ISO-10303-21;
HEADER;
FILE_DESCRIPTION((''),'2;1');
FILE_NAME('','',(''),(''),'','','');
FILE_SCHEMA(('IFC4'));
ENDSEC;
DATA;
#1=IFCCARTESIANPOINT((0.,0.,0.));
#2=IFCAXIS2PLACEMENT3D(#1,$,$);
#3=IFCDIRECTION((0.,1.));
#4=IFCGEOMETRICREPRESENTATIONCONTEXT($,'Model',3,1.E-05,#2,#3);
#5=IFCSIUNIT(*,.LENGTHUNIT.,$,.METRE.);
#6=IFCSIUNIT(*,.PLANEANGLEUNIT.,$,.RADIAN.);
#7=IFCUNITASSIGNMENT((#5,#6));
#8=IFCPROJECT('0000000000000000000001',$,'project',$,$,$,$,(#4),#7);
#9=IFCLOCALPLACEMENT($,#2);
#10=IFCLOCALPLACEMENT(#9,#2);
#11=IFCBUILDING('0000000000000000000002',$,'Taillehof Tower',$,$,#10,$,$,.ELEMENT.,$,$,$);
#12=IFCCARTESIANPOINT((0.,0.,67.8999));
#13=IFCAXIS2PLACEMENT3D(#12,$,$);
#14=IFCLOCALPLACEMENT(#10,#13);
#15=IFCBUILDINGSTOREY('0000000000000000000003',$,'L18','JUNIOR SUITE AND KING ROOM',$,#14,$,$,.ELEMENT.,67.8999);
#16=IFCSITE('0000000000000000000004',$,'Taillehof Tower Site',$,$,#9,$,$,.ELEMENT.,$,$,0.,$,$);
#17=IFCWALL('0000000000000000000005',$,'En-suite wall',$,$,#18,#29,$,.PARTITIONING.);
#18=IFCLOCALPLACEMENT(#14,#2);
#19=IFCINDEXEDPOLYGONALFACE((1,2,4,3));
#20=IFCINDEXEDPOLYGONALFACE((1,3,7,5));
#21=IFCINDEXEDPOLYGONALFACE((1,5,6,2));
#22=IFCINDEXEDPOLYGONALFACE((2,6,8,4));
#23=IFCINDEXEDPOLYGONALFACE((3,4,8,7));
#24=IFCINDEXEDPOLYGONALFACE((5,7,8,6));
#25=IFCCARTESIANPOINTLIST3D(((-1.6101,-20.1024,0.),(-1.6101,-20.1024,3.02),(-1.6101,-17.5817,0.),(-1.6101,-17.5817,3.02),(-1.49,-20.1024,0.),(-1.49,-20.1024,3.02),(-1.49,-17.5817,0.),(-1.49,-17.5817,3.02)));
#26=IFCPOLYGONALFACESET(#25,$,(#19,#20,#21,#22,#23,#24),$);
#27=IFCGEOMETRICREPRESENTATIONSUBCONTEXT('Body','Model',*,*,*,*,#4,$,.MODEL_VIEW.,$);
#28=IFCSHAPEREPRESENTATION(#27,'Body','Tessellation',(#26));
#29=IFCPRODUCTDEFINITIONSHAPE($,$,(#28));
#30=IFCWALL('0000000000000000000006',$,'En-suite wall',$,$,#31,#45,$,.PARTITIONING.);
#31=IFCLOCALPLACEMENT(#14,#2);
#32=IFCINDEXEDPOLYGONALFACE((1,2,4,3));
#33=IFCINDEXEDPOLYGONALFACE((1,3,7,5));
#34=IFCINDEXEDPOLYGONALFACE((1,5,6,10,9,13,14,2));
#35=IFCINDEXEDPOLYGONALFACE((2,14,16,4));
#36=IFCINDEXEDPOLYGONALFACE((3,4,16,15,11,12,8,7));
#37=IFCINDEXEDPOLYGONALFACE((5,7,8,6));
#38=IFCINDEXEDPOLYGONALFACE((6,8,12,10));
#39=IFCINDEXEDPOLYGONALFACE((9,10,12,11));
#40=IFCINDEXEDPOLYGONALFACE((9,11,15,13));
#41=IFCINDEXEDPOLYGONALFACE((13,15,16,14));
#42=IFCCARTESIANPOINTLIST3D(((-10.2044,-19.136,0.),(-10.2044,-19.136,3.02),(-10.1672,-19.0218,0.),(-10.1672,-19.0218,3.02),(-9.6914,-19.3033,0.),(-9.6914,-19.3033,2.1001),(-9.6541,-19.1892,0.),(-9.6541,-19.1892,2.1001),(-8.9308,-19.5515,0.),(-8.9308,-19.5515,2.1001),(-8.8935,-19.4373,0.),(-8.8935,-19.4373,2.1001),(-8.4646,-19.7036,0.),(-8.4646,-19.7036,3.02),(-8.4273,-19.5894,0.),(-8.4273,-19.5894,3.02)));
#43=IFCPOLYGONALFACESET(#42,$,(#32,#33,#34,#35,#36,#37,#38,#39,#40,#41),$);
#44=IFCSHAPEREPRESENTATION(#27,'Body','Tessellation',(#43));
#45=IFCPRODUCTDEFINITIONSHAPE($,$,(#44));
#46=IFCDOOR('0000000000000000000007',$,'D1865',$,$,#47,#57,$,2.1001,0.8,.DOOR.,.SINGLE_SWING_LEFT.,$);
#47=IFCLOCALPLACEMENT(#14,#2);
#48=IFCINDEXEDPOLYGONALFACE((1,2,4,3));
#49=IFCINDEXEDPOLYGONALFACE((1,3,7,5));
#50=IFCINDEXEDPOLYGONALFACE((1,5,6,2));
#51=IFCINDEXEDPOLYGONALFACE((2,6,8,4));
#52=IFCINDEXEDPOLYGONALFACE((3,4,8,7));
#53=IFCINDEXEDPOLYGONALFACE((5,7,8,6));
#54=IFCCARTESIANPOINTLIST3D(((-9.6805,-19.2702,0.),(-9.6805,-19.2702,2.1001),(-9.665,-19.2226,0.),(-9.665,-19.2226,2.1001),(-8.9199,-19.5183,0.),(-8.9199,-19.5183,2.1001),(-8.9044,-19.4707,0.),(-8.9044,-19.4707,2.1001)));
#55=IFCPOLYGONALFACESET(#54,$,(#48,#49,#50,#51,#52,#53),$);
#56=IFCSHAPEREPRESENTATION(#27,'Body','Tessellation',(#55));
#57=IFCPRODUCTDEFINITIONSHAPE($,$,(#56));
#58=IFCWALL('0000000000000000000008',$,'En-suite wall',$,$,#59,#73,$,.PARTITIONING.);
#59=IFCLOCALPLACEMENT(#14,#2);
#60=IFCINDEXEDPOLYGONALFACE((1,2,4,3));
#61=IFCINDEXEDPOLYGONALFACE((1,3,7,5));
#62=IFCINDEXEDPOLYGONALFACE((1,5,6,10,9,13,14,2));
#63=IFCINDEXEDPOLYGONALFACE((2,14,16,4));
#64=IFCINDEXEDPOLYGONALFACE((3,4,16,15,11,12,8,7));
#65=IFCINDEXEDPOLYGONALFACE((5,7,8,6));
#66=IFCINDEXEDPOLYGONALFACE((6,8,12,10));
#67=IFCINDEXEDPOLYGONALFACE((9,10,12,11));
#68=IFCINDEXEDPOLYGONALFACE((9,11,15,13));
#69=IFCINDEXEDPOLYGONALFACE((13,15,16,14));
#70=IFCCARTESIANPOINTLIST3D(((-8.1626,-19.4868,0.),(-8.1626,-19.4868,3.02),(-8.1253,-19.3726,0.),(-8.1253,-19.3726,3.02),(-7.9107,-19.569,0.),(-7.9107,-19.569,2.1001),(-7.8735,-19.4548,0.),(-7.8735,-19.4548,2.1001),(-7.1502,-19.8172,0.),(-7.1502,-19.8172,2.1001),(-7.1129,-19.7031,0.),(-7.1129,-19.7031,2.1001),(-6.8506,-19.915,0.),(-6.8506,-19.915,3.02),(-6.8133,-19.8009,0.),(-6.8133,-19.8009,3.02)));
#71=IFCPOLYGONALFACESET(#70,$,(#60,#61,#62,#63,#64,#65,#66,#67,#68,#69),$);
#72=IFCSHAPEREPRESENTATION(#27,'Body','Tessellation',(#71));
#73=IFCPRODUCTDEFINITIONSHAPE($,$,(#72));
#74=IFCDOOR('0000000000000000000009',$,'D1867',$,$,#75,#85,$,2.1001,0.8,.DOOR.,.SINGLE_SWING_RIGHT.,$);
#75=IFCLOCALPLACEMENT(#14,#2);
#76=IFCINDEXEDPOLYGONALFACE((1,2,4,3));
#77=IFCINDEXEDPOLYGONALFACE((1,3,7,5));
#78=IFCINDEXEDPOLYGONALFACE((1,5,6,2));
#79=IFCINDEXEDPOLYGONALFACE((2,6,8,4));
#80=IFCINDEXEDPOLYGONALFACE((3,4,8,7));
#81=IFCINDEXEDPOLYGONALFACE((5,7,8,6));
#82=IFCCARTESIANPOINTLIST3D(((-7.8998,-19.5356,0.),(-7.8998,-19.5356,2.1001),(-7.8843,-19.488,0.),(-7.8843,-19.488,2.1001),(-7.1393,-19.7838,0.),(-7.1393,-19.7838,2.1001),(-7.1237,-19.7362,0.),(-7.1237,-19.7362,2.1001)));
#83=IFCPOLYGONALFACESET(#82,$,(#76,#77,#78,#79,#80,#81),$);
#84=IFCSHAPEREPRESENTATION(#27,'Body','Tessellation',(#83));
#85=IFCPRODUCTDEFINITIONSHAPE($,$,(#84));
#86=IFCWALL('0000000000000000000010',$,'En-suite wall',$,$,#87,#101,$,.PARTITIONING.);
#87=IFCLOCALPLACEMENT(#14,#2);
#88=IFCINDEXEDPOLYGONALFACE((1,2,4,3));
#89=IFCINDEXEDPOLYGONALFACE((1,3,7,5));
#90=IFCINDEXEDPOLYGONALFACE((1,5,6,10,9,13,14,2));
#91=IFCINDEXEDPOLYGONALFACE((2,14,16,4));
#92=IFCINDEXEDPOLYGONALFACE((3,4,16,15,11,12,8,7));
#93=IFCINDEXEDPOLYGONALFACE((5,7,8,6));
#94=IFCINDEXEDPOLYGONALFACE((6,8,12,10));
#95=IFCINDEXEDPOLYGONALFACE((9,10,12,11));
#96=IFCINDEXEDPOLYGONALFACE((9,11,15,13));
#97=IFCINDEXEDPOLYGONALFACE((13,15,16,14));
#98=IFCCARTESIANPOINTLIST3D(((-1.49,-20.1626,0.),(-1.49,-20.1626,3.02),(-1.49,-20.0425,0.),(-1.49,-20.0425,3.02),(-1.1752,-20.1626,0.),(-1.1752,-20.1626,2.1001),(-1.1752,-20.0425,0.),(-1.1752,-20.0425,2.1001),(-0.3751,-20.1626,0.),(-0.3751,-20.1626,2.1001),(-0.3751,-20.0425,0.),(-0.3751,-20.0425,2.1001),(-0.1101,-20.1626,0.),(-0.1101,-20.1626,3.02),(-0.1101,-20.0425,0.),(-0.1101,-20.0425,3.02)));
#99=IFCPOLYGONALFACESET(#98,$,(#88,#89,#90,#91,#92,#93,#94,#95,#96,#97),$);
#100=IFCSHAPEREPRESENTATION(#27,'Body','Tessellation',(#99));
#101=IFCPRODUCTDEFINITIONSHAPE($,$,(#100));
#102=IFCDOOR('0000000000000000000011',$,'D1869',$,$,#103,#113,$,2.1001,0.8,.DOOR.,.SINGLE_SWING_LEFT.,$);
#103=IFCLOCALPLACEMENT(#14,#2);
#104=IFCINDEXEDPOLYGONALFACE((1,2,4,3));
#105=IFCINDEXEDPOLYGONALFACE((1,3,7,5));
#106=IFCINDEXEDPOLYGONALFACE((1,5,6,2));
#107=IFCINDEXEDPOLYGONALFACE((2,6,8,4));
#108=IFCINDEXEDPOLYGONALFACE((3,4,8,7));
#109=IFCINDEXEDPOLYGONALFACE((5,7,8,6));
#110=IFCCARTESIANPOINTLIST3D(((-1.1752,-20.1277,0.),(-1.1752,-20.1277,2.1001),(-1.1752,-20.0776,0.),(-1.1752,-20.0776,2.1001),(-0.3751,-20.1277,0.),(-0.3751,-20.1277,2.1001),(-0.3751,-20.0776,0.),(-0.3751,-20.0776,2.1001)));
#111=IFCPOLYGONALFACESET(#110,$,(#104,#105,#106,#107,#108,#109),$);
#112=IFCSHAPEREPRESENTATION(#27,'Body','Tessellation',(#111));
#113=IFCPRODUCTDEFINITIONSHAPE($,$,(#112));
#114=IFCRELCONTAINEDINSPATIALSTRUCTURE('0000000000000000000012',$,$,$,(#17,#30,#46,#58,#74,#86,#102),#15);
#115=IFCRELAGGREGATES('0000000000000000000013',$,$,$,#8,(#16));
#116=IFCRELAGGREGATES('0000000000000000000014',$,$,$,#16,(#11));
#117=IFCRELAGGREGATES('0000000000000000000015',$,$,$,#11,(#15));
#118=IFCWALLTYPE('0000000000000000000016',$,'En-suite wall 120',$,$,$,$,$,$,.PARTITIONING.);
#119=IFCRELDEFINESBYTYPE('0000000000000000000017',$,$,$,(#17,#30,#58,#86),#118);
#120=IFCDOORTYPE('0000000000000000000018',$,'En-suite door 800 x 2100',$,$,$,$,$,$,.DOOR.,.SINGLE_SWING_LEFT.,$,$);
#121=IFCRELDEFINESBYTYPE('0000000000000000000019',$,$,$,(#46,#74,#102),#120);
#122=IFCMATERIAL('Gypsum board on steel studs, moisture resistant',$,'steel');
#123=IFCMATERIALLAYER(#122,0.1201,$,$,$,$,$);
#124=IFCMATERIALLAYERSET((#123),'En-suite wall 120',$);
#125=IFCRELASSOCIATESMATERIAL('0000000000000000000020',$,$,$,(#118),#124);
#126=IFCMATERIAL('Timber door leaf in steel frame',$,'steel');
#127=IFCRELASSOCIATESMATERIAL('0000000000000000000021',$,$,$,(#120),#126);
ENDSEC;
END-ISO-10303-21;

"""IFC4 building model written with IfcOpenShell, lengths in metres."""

from ifc_helpers import new_model, si_unit, direction, frame, frame_2d, origin, place, context, subcontext, project, spatial, rectangle, extrude, material, layer, layer_set, type_object, element, fill, save


model = new_model("IFC4")

# Units and contexts
model_context = context("Model", 3, precision=1e-05, world=origin(), true_north=direction((0.0, 1.0)))
body_context = subcontext(model_context, "Body", "Model", "MODEL_VIEW")
ifc_project = project(units=[si_unit("LENGTHUNIT", "METRE"), si_unit("PLANEANGLEUNIT", "RADIAN")], contexts=[model_context])

# Site, building, storey
site_placement = place(None, origin())
site = spatial("IfcSite", under=ifc_project, at=site_placement, Name="Taillehof Tower Site", CompositionType="ELEMENT", RefElevation=0.0)
building_placement = place(site_placement, origin())
building = spatial("IfcBuilding", under=site, at=building_placement, Name="Taillehof Tower", CompositionType="ELEMENT")
storey_placement = place(building_placement, frame((0.0, 0.0, 67.8999)))
storey = spatial("IfcBuildingStorey", under=building, at=storey_placement, Name="L18", Description="JUNIOR SUITE AND KING ROOM", CompositionType="ELEMENT", Elevation=67.8999)

# Wall
ifc_material_1 = material(Name="Gypsum board on steel studs, moisture resistant", Category="steel")
ifc_layer_1 = layer(ifc_material_1, 0.1201)
ifc_layer_set_1 = layer_set([ifc_layer_1], Name="En-suite wall 120")
wall_type_1 = type_object("IfcWallType", Name="En-suite wall 120", PredefinedType="PARTITIONING", material=ifc_layer_set_1)
wall_1_placement = place(storey_placement, frame((-1.55, -17.5818, 0.0), z_axis=(0.0, 0.0, 1.0), x_axis=(0.0, -1.0, 0.0)))
element("IfcWall", 1, at=wall_1_placement, inside=storey, type_object=wall_type_1, Name="En-suite wall", PredefinedType="PARTITIONING", context=body_context, shape_type="SweptSolid", body=[
    extrude(rectangle(XDim=2.5208, YDim=0.1201, at=frame_2d((1.2603, 0.0))), origin(), (0.0, 0.0, 1.0), 3.02),
])

# Walls, openings, doors
wall_2_placement = place(storey_placement, frame((-10.1858, -19.0789, 0.0), z_axis=(0.0, 0.0, 1.0), x_axis=(0.950679, -0.310178, 0.0)))
wall_2 = element("IfcWall", 2, at=wall_2_placement, inside=storey, type_object=wall_type_1, Name="En-suite wall", PredefinedType="PARTITIONING", context=body_context, shape_type="SweptSolid", body=[
    extrude(rectangle(XDim=1.8301, YDim=0.1201, at=frame_2d((0.915, 0.0))), origin(), (0.0, 0.0, 1.0), 3.02),
])
opening_1_placement = place(wall_2_placement, frame((0.5398, 0.0, 0.0)))
opening_1 = element("IfcOpeningElement", 3, at=opening_1_placement, cuts=wall_2, PredefinedType="OPENING", context=body_context, shape_type="SweptSolid", body=[
    extrude(rectangle(XDim=0.8, YDim=2.1001, at=frame_2d((0.3999, 1.05))), frame((0.0, 0.0701, 0.0), z_axis=(0.0, -1.0, 0.0), x_axis=(1.0, 0.0, 0.0)), (0.0, 0.0, 1.0), 0.1401),
])
ifc_material_2 = material(Name="Timber door leaf in steel frame", Category="steel")
door_type_1 = type_object("IfcDoorType", Name="En-suite door 800 x 2100", OperationType="SINGLE_SWING_LEFT", PredefinedType="DOOR", material=ifc_material_2)
door_1_placement = place(opening_1_placement, origin())
door_1 = element("IfcDoor", 4, at=door_1_placement, inside=storey, type_object=door_type_1, Name="D1865", OperationType="SINGLE_SWING_LEFT", OverallHeight=2.1001, OverallWidth=0.8, PredefinedType="DOOR", context=body_context, shape_type="SweptSolid", body=[
    extrude(rectangle(XDim=0.8, YDim=2.1001, at=frame_2d((0.3999, 1.05))), frame((0.0, 0.0249, 0.0), z_axis=(0.0, -1.0, 0.0), x_axis=(1.0, 0.0, 0.0)), (0.0, 0.0, 1.0), 0.05),
])
fill(opening_1, door_1)
wall_3_placement = place(storey_placement, frame((-6.832, -19.8579, 0.0), z_axis=(0.0, 0.0, 1.0), x_axis=(-0.950646, 0.310278, 0.0)))
wall_3 = element("IfcWall", 5, at=wall_3_placement, inside=storey, type_object=wall_type_1, Name="En-suite wall", PredefinedType="PARTITIONING", context=body_context, shape_type="SweptSolid", body=[
    extrude(rectangle(XDim=1.3801, YDim=0.1201, at=frame_2d((0.6899, 0.0))), origin(), (0.0, 0.0, 1.0), 3.02),
])
opening_2_placement = place(wall_3_placement, frame((0.3152, 0.0, 0.0)))
opening_2 = element("IfcOpeningElement", 6, at=opening_2_placement, cuts=wall_3, PredefinedType="OPENING", context=body_context, shape_type="SweptSolid", body=[
    extrude(rectangle(XDim=0.8, YDim=2.1001, at=frame_2d((0.3999, 1.05))), frame((0.0, 0.0701, 0.0), z_axis=(0.0, -1.0, 0.0), x_axis=(1.0, 0.0, 0.0)), (0.0, 0.0, 1.0), 0.1401),
])
door_2_placement = place(opening_2_placement, origin())
door_2 = element("IfcDoor", 7, at=door_2_placement, inside=storey, type_object=door_type_1, Name="D1867", OperationType="SINGLE_SWING_RIGHT", OverallHeight=2.1001, OverallWidth=0.8, PredefinedType="DOOR", context=body_context, shape_type="SweptSolid", body=[
    extrude(rectangle(XDim=0.8, YDim=2.1001, at=frame_2d((0.3999, 1.05))), frame((0.0, 0.0249, 0.0), z_axis=(0.0, -1.0, 0.0), x_axis=(1.0, 0.0, 0.0)), (0.0, 0.0, 1.0), 0.05),
])
fill(opening_2, door_2)
wall_4_placement = place(storey_placement, frame((-1.49, -20.1025, 0.0), z_axis=(0.0, 0.0, 1.0), x_axis=(1.0, 0.0, 0.0)))
wall_4 = element("IfcWall", 8, at=wall_4_placement, inside=storey, type_object=wall_type_1, Name="En-suite wall", PredefinedType="PARTITIONING", context=body_context, shape_type="SweptSolid", body=[
    extrude(rectangle(XDim=1.3799, YDim=0.1201, at=frame_2d((0.6899, 0.0))), origin(), (0.0, 0.0, 1.0), 3.02),
])
opening_3_placement = place(wall_4_placement, frame((0.3149, 0.0, 0.0)))
opening_3 = element("IfcOpeningElement", 9, at=opening_3_placement, cuts=wall_4, PredefinedType="OPENING", context=body_context, shape_type="SweptSolid", body=[
    extrude(rectangle(XDim=0.8, YDim=2.1001, at=frame_2d((0.3999, 1.05))), frame((0.0, 0.0701, 0.0), z_axis=(0.0, -1.0, 0.0), x_axis=(1.0, 0.0, 0.0)), (0.0, 0.0, 1.0), 0.1401),
])
door_3_placement = place(opening_3_placement, origin())
door_3 = element("IfcDoor", 10, at=door_3_placement, inside=storey, type_object=door_type_1, Name="D1869", OperationType="SINGLE_SWING_LEFT", OverallHeight=2.1001, OverallWidth=0.8, PredefinedType="DOOR", context=body_context, shape_type="SweptSolid", body=[
    extrude(rectangle(XDim=0.8, YDim=2.1001, at=frame_2d((0.3999, 1.05))), frame((0.0, 0.0249, 0.0), z_axis=(0.0, -1.0, 0.0), x_axis=(1.0, 0.0, 0.0)), (0.0, 0.0, 1.0), 0.05),
])
fill(opening_3, door_3)

save(model, "model.ifc")
